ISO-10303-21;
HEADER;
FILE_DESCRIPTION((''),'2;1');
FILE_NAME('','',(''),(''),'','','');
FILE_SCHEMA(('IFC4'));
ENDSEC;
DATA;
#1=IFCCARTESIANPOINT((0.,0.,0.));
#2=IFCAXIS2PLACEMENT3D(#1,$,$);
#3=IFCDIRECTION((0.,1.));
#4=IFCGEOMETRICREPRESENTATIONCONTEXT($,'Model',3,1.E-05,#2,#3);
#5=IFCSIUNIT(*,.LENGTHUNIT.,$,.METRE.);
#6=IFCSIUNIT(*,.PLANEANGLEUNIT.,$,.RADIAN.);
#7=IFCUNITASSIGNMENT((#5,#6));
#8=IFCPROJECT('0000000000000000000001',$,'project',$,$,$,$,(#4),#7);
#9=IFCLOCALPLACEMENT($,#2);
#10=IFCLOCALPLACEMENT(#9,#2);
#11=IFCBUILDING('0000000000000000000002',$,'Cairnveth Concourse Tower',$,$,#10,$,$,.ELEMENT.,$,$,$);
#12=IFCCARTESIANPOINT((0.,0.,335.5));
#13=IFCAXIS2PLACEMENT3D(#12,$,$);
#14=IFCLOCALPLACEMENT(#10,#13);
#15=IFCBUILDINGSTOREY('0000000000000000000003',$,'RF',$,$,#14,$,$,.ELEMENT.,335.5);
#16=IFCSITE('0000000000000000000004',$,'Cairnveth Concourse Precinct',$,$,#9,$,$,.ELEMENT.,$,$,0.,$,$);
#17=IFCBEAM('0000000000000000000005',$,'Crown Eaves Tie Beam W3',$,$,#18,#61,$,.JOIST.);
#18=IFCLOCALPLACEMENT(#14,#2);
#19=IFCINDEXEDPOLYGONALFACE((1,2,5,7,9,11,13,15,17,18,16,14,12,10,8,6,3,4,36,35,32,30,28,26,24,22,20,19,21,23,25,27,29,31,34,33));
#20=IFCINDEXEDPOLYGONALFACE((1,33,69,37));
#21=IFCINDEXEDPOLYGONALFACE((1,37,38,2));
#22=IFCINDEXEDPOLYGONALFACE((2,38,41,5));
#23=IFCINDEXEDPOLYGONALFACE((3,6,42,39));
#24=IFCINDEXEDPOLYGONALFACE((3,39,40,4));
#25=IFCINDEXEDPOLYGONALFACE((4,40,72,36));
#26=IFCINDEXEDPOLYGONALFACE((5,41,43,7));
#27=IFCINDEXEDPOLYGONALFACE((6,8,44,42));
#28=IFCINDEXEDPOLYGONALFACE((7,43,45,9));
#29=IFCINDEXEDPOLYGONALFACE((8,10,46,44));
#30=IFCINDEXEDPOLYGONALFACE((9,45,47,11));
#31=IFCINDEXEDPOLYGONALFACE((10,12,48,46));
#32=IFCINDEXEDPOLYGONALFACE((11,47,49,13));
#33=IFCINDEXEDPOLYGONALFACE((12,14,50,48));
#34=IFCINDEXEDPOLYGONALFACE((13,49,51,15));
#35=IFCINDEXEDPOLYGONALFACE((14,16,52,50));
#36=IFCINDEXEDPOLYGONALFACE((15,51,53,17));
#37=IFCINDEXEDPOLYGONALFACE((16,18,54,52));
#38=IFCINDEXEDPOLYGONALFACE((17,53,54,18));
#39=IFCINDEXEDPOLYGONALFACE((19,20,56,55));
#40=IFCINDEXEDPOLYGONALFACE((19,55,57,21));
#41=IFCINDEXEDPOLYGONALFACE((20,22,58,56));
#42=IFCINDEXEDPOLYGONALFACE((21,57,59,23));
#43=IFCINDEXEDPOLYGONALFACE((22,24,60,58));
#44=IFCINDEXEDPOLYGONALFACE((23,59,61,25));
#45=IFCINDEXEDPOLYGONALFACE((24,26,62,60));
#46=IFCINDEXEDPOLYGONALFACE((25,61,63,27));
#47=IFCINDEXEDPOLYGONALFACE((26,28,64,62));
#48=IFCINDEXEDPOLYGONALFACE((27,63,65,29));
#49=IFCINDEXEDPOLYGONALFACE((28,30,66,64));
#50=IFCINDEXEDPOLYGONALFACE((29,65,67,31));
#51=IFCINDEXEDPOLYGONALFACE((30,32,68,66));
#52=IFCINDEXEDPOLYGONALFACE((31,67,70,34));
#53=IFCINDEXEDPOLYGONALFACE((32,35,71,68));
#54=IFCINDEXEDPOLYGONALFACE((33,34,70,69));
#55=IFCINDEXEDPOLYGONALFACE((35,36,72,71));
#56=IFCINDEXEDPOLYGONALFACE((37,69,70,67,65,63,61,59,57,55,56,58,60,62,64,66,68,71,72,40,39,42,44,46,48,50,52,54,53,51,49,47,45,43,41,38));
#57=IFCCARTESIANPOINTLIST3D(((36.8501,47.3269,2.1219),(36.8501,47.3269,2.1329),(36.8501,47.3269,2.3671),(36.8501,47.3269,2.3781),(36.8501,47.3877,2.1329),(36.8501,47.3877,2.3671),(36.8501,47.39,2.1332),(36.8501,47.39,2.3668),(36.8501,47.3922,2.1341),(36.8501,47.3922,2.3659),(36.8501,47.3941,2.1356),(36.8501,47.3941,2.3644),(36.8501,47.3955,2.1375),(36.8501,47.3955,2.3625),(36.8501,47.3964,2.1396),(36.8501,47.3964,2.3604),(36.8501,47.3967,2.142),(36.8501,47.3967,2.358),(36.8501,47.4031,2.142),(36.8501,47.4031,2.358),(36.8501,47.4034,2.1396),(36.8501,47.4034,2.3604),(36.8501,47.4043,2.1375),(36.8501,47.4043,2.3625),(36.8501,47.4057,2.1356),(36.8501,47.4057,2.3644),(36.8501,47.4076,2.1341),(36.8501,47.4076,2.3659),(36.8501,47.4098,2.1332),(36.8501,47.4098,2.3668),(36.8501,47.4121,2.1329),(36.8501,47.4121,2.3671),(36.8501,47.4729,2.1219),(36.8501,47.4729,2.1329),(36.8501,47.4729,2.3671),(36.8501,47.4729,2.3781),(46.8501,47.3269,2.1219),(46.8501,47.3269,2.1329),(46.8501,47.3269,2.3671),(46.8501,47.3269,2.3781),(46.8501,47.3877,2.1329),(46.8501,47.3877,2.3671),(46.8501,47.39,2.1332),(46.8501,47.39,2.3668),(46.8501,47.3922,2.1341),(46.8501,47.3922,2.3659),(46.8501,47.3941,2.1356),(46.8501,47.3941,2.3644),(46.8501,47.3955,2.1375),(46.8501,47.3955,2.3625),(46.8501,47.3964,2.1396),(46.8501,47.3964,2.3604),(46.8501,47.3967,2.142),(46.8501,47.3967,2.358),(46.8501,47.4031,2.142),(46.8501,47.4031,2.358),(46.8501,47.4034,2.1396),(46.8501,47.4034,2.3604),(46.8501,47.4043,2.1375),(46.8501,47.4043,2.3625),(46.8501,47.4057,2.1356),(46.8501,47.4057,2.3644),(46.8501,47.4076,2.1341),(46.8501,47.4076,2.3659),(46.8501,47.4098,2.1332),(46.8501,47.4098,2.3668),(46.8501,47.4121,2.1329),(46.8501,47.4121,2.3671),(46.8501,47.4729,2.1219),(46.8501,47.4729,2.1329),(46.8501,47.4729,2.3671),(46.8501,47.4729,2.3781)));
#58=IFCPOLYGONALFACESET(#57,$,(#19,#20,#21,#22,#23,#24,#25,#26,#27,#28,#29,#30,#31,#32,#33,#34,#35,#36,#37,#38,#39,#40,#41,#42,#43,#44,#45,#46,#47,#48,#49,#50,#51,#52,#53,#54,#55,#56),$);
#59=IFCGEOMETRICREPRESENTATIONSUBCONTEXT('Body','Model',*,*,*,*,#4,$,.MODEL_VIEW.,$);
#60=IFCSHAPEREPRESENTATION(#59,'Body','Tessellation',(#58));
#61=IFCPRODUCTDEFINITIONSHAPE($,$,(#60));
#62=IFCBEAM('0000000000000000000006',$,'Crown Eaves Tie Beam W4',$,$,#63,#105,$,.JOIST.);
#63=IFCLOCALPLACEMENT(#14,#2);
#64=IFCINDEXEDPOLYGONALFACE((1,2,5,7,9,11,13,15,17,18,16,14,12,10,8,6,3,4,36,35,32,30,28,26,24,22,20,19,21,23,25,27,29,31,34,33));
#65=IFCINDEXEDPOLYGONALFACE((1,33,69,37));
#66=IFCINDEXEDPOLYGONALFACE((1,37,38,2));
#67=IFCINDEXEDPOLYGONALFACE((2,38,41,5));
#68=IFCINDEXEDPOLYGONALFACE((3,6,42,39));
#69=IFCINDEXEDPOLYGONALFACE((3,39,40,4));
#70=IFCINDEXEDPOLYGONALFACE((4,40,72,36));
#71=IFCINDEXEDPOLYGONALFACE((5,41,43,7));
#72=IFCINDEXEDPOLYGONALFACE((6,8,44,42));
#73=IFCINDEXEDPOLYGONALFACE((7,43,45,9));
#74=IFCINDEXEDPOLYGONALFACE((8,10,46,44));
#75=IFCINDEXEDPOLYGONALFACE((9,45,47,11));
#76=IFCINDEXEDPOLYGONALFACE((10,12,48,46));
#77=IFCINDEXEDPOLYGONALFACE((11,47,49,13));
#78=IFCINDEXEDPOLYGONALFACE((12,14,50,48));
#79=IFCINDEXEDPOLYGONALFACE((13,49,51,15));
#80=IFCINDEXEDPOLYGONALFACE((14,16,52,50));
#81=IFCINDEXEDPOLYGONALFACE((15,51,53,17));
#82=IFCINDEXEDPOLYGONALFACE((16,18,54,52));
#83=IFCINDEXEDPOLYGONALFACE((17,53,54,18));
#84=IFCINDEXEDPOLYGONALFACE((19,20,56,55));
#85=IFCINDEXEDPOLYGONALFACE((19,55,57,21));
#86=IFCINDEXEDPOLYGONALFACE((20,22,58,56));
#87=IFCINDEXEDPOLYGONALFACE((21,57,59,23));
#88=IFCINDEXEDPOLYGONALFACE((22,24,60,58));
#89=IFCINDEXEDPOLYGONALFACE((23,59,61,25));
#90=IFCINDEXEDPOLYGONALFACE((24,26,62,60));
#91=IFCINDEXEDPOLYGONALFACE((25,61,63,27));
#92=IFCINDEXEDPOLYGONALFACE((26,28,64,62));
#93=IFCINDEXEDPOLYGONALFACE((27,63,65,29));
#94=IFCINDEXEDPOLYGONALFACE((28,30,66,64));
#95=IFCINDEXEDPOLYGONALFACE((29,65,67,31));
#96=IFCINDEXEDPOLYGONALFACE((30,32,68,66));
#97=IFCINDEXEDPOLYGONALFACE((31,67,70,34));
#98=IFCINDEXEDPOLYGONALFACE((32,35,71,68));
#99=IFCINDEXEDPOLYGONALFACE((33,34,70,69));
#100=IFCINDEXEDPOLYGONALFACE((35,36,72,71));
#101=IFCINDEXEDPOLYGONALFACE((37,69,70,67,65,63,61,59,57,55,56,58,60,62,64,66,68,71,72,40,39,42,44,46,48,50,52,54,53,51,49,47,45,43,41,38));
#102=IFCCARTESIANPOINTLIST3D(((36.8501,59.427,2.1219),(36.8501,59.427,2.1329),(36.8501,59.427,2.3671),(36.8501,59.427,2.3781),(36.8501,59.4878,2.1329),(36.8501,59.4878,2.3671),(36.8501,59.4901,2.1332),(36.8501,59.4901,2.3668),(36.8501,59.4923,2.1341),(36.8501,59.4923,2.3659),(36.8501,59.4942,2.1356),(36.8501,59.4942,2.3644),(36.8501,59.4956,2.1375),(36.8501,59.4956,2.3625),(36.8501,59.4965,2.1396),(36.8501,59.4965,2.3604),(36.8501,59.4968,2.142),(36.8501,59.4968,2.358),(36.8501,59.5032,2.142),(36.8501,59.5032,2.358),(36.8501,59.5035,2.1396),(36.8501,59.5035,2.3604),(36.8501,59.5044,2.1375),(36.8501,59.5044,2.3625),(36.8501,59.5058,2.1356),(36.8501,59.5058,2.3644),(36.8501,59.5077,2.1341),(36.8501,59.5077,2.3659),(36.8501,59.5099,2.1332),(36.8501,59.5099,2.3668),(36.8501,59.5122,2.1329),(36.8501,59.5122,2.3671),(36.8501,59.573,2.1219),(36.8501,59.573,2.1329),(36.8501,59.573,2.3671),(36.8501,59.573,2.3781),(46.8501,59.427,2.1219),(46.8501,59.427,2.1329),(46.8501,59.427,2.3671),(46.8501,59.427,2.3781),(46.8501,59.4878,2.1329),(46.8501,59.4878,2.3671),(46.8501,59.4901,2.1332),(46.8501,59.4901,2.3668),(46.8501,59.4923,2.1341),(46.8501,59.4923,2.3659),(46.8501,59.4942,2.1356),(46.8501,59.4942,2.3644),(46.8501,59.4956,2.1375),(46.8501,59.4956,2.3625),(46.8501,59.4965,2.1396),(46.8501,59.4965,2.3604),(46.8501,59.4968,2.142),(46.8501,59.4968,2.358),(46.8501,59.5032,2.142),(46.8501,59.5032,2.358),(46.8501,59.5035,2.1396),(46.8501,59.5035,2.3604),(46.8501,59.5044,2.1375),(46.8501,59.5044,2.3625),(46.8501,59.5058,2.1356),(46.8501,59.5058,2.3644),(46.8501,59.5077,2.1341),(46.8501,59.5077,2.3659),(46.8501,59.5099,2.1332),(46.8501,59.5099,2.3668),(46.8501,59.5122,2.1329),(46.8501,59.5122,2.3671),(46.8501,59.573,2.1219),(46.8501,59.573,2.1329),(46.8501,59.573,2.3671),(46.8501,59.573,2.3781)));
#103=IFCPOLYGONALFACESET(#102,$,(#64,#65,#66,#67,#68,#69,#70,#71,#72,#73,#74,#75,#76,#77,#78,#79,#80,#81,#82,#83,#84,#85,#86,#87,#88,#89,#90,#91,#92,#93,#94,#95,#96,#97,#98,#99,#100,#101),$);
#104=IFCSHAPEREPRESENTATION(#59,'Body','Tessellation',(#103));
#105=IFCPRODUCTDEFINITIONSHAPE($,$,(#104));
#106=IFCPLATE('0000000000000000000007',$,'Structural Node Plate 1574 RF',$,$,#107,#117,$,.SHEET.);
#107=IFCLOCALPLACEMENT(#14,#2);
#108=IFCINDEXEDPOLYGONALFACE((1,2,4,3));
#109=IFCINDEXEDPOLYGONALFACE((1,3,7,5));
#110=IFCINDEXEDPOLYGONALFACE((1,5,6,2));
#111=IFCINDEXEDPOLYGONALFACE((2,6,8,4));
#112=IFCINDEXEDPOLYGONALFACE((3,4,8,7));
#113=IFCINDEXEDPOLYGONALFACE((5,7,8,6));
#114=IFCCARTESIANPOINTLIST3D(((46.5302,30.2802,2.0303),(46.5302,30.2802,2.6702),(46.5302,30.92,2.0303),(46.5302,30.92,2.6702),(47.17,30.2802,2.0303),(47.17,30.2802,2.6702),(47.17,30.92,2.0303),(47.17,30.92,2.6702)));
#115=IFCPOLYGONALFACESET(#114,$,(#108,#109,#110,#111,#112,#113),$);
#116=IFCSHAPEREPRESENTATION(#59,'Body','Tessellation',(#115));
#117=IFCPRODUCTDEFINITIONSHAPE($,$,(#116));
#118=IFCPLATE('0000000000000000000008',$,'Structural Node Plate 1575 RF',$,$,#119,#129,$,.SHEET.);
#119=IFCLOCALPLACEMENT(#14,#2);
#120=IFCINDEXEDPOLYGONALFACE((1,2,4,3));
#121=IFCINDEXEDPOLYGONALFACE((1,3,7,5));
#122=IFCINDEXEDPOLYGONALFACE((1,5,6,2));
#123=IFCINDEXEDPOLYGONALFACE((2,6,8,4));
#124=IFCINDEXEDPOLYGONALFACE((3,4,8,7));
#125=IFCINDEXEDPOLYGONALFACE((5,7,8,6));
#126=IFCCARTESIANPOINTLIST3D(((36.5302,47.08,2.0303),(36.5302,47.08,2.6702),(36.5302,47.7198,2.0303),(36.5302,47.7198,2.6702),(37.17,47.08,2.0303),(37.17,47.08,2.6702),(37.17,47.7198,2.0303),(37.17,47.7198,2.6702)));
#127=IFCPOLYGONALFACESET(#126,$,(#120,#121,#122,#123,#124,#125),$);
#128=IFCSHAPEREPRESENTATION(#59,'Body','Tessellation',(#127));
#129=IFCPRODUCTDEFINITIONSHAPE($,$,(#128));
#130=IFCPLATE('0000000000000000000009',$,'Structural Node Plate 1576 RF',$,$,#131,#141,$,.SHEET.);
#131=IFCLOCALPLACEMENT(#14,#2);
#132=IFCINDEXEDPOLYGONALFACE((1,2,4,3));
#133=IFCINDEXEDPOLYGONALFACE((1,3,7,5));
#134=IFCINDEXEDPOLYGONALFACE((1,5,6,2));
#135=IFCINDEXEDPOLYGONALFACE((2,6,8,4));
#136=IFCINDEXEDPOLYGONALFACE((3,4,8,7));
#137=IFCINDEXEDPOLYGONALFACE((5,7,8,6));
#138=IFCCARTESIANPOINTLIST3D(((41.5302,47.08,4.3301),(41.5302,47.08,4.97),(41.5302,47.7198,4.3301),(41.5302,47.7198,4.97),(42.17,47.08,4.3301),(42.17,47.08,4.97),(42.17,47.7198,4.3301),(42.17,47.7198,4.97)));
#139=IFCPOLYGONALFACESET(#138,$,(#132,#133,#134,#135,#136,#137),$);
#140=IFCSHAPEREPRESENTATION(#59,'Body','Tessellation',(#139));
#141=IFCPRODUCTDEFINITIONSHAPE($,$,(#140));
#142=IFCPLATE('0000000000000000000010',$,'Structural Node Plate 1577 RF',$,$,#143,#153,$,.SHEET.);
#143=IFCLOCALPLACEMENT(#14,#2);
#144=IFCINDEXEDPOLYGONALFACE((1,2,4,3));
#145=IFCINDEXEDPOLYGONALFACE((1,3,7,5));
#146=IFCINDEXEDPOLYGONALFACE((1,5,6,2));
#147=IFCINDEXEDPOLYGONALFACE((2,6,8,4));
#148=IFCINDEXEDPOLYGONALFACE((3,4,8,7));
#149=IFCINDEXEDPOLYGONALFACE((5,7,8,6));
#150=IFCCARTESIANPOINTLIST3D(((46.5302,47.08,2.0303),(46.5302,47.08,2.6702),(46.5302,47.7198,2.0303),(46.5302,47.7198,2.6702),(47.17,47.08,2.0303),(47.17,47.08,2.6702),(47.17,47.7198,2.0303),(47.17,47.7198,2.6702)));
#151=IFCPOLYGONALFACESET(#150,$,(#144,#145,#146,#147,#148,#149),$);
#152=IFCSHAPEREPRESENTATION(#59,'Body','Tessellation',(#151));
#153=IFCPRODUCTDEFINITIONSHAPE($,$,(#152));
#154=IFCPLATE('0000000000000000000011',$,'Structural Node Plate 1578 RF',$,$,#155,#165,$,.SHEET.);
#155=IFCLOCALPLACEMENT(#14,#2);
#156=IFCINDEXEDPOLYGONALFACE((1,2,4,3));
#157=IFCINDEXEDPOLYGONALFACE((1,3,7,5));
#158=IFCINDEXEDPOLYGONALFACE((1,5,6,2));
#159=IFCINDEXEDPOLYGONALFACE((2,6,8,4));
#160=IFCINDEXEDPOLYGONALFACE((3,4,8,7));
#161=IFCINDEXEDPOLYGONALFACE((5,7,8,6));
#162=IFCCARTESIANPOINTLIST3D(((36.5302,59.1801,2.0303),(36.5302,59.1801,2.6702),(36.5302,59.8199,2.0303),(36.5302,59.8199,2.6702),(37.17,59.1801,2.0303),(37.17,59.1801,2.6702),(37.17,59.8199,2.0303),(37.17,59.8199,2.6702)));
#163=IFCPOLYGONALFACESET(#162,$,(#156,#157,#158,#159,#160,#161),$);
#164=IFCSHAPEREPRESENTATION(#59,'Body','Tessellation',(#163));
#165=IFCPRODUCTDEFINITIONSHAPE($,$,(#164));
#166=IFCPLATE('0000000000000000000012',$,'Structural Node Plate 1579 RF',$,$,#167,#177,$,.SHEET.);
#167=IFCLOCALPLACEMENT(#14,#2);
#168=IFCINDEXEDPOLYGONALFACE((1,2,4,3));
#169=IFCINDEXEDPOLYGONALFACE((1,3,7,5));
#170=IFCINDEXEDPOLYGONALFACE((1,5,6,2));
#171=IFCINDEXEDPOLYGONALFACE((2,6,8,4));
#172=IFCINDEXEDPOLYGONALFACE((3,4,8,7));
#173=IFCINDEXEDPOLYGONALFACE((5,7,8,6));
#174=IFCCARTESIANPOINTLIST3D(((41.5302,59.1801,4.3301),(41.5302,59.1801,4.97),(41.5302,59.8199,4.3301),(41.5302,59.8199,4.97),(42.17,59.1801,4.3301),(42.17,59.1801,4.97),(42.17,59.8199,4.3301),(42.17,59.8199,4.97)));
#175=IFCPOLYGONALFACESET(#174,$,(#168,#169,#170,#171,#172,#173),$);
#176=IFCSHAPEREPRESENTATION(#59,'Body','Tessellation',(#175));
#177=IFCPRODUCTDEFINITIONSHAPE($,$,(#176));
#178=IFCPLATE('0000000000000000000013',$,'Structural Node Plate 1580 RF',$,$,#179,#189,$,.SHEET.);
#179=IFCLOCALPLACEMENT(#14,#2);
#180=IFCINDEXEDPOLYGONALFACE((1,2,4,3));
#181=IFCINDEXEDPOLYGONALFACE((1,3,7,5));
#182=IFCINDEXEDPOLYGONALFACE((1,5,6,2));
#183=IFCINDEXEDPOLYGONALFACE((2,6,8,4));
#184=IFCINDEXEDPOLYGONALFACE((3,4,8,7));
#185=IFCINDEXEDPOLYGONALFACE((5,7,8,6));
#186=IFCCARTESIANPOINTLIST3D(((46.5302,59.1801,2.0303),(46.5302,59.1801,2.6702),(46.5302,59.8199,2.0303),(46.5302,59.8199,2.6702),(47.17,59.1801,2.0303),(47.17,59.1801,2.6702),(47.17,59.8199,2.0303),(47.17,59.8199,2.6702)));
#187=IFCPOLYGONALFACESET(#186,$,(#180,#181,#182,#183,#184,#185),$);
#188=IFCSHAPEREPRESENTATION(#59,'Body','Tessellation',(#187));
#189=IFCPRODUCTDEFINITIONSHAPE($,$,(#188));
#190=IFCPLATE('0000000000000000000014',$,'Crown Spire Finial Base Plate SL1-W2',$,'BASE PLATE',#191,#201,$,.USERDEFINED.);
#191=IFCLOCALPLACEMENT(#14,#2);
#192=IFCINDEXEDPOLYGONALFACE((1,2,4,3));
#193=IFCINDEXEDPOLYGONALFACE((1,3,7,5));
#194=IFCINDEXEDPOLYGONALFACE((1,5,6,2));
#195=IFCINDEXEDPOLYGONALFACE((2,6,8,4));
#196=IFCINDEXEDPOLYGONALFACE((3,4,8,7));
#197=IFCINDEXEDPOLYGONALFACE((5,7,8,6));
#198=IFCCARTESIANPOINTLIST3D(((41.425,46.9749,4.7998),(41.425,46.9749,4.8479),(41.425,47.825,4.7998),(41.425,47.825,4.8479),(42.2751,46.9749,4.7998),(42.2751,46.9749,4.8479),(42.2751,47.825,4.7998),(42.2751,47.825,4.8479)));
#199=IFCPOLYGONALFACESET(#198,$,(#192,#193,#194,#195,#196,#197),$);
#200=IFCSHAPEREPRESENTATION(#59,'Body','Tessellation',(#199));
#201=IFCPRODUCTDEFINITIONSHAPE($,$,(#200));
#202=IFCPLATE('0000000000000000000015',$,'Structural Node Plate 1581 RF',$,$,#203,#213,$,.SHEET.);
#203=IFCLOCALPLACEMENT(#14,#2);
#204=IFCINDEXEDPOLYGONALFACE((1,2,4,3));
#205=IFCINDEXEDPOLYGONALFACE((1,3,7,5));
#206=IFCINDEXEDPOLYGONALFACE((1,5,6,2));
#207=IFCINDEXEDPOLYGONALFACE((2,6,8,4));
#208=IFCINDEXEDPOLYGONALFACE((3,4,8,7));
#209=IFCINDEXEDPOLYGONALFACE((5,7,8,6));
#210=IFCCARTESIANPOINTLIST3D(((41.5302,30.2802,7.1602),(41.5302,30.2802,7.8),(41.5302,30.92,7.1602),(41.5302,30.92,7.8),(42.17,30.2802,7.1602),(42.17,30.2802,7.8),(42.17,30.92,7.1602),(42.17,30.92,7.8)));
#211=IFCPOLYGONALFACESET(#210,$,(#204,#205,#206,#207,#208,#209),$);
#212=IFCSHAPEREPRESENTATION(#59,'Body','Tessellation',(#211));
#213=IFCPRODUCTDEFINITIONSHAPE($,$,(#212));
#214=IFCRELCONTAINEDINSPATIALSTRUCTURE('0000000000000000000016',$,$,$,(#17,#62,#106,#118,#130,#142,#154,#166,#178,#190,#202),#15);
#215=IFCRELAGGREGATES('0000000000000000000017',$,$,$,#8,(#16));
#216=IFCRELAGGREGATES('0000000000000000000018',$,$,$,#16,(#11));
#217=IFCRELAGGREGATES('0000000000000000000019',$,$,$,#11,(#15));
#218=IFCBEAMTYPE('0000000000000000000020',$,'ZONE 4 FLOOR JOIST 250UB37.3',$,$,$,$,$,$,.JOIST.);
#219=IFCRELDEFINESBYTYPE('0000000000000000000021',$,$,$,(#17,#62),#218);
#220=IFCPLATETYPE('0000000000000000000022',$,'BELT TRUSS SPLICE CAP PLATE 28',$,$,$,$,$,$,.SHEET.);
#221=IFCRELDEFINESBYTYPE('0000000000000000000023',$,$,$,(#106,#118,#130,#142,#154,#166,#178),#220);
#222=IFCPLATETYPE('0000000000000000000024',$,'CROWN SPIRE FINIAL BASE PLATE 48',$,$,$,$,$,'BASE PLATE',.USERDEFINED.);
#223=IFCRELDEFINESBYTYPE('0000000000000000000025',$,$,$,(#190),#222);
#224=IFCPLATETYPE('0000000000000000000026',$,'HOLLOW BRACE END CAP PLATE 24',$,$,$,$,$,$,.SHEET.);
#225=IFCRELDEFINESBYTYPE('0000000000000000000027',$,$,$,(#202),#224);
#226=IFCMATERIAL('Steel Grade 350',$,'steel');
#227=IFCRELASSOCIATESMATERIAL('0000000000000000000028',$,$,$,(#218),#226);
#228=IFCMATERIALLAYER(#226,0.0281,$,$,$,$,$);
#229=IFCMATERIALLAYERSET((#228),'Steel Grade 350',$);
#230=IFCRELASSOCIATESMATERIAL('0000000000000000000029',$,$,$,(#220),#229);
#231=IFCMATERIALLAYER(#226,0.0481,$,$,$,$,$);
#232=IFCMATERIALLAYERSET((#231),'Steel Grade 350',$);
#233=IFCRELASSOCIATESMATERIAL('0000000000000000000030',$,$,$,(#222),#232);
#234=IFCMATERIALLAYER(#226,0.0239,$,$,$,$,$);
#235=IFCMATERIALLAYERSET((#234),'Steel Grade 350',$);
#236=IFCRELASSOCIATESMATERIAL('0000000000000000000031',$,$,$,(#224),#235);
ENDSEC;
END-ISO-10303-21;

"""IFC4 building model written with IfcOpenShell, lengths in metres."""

from ifc_helpers import new_model, si_unit, direction, frame, origin, origin_2d, place, context, subcontext, project, spatial, rectangle, i_section, extrude, material, layer, layer_set, material_profile, profile_set, type_object, element, save


model = new_model("IFC4")

# Units and contexts
model_context = context("Model", 3, precision=1e-05, world=origin(), true_north=direction((0.0, 1.0)))
body_context = subcontext(model_context, "Body", "Model", "MODEL_VIEW")
ifc_project = project(units=[si_unit("LENGTHUNIT", "METRE"), si_unit("PLANEANGLEUNIT", "RADIAN")], contexts=[model_context])

# Site, building, storey
site_placement = place(None, origin())
site = spatial("IfcSite", under=ifc_project, at=site_placement, Name="Cairnveth Concourse Precinct", CompositionType="ELEMENT", RefElevation=0.0)
building_placement = place(site_placement, origin())
building = spatial("IfcBuilding", under=site, at=building_placement, Name="Cairnveth Concourse Tower", CompositionType="ELEMENT")
storey_placement = place(building_placement, frame((0.0, 0.0, 335.5)))
storey = spatial("IfcBuildingStorey", under=building, at=storey_placement, Name="RF", CompositionType="ELEMENT", Elevation=335.5)

# Shared definitions
ifc_material_1 = material(Name="Steel Grade 350", Category="steel")

# Beams
ifc_material_profile_1 = material_profile(ifc_material_1, i_section(OverallWidth=0.146, OverallDepth=0.2561, WebThickness=0.0063, FlangeThickness=0.011, FilletRadius=0.009, at=origin_2d()), Name="250UB37.3")
ifc_profile_set_1 = profile_set([ifc_material_profile_1], Name="Steel Grade 350")
beam_type = type_object("IfcBeamType", Name="ZONE 4 FLOOR JOIST 250UB37.3", PredefinedType="JOIST", material=ifc_profile_set_1)
for number, where, z_axis, x_axis, name in (
    (1, (36.8501, 47.3999, 2.25), (1.0, 0.0, 0.0), (0.0, 1.0, 0.0), "Crown Eaves Tie Beam W3"),
    (2, (36.8501, 59.5, 2.25), (1.0, 0.0, 0.0), (0.0, 1.0, 0.0), "Crown Eaves Tie Beam W4"),
):
    element("IfcBeam", number, at=place(storey_placement, frame(where, z_axis=z_axis, x_axis=x_axis)), inside=storey, type_object=beam_type, Name=name, PredefinedType="JOIST", context=body_context, shape_type="SweptSolid", body=[
        extrude(i_section(OverallWidth=0.146, OverallDepth=0.2561, WebThickness=0.0063, FlangeThickness=0.011, FilletRadius=0.009, at=origin_2d()), origin(), (0.0, 0.0, 1.0), 10.0),
    ])

# Plates
ifc_layer_1 = layer(ifc_material_1, 0.0281)
ifc_layer_set_1 = layer_set([ifc_layer_1], Name="Steel Grade 350")
plate_type_1 = type_object("IfcPlateType", Name="BELT TRUSS SPLICE CAP PLATE 28", PredefinedType="SHEET", material=ifc_layer_set_1)
for number, where, z_axis, x_axis, name in (
    (3, (46.8501, 30.6001, 2.0303), (0.0, 0.0, 1.0), (1.0, 0.0, 0.0), "Structural Node Plate 1574 RF"),
    (4, (36.8501, 47.3999, 2.0303), (0.0, 0.0, 1.0), (1.0, 0.0, 0.0), "Structural Node Plate 1575 RF"),
    (5, (41.8501, 47.3999, 4.3301), (0.0, 0.0, 1.0), (1.0, 0.0, 0.0), "Structural Node Plate 1576 RF"),
    (6, (46.8501, 47.3999, 2.0303), (0.0, 0.0, 1.0), (1.0, 0.0, 0.0), "Structural Node Plate 1577 RF"),
    (7, (36.8501, 59.5, 2.0303), (0.0, 0.0, 1.0), (1.0, 0.0, 0.0), "Structural Node Plate 1578 RF"),
    (8, (41.8501, 59.5, 4.3301), (0.0, 0.0, 1.0), (1.0, 0.0, 0.0), "Structural Node Plate 1579 RF"),
    (9, (46.8501, 59.5, 2.0303), (0.0, 0.0, 1.0), (1.0, 0.0, 0.0), "Structural Node Plate 1580 RF"),
):
    element("IfcPlate", number, at=place(storey_placement, frame(where, z_axis=z_axis, x_axis=x_axis)), inside=storey, type_object=plate_type_1, Name=name, PredefinedType="SHEET", context=body_context, shape_type="SweptSolid", body=[
        extrude(rectangle(XDim=0.6399, YDim=0.6399, at=origin_2d()), origin(), (0.0, 0.0, 1.0), 0.6399),
    ])
ifc_layer_2 = layer(ifc_material_1, 0.0481)
ifc_layer_set_2 = layer_set([ifc_layer_2], Name="Steel Grade 350")
plate_type_2 = type_object("IfcPlateType", Name="CROWN SPIRE FINIAL BASE PLATE 48", ElementType="BASE PLATE", PredefinedType="USERDEFINED", material=ifc_layer_set_2)
plate_placement = place(storey_placement, frame((41.8501, 47.3999, 4.7998), z_axis=(0.0, 0.0, 1.0), x_axis=(1.0, 0.0, 0.0)))
element("IfcPlate", 10, at=plate_placement, inside=storey, type_object=plate_type_2, Name="Crown Spire Finial Base Plate SL1-W2", ObjectType="BASE PLATE", PredefinedType="USERDEFINED", context=body_context, shape_type="SweptSolid", body=[
    extrude(rectangle(XDim=0.8501, YDim=0.8501, at=origin_2d()), origin(), (0.0, 0.0, 1.0), 0.0481),
])
ifc_layer_3 = layer(ifc_material_1, 0.0239)
ifc_layer_set_3 = layer_set([ifc_layer_3], Name="Steel Grade 350")
plate_type_3 = type_object("IfcPlateType", Name="HOLLOW BRACE END CAP PLATE 24", PredefinedType="SHEET", material=ifc_layer_set_3)
for number, where, z_axis, x_axis, name in (
    (11, (41.8501, 30.6001, 7.1602), (0.0, 0.0, 1.0), (1.0, 0.0, 0.0), "Structural Node Plate 1581 RF"),
):
    element("IfcPlate", number, at=place(storey_placement, frame(where, z_axis=z_axis, x_axis=x_axis)), inside=storey, type_object=plate_type_3, Name=name, PredefinedType="SHEET", context=body_context, shape_type="SweptSolid", body=[
        extrude(rectangle(XDim=0.6399, YDim=0.6399, at=origin_2d()), origin(), (0.0, 0.0, 1.0), 0.6399),
    ])

save(model, "model.ifc")
